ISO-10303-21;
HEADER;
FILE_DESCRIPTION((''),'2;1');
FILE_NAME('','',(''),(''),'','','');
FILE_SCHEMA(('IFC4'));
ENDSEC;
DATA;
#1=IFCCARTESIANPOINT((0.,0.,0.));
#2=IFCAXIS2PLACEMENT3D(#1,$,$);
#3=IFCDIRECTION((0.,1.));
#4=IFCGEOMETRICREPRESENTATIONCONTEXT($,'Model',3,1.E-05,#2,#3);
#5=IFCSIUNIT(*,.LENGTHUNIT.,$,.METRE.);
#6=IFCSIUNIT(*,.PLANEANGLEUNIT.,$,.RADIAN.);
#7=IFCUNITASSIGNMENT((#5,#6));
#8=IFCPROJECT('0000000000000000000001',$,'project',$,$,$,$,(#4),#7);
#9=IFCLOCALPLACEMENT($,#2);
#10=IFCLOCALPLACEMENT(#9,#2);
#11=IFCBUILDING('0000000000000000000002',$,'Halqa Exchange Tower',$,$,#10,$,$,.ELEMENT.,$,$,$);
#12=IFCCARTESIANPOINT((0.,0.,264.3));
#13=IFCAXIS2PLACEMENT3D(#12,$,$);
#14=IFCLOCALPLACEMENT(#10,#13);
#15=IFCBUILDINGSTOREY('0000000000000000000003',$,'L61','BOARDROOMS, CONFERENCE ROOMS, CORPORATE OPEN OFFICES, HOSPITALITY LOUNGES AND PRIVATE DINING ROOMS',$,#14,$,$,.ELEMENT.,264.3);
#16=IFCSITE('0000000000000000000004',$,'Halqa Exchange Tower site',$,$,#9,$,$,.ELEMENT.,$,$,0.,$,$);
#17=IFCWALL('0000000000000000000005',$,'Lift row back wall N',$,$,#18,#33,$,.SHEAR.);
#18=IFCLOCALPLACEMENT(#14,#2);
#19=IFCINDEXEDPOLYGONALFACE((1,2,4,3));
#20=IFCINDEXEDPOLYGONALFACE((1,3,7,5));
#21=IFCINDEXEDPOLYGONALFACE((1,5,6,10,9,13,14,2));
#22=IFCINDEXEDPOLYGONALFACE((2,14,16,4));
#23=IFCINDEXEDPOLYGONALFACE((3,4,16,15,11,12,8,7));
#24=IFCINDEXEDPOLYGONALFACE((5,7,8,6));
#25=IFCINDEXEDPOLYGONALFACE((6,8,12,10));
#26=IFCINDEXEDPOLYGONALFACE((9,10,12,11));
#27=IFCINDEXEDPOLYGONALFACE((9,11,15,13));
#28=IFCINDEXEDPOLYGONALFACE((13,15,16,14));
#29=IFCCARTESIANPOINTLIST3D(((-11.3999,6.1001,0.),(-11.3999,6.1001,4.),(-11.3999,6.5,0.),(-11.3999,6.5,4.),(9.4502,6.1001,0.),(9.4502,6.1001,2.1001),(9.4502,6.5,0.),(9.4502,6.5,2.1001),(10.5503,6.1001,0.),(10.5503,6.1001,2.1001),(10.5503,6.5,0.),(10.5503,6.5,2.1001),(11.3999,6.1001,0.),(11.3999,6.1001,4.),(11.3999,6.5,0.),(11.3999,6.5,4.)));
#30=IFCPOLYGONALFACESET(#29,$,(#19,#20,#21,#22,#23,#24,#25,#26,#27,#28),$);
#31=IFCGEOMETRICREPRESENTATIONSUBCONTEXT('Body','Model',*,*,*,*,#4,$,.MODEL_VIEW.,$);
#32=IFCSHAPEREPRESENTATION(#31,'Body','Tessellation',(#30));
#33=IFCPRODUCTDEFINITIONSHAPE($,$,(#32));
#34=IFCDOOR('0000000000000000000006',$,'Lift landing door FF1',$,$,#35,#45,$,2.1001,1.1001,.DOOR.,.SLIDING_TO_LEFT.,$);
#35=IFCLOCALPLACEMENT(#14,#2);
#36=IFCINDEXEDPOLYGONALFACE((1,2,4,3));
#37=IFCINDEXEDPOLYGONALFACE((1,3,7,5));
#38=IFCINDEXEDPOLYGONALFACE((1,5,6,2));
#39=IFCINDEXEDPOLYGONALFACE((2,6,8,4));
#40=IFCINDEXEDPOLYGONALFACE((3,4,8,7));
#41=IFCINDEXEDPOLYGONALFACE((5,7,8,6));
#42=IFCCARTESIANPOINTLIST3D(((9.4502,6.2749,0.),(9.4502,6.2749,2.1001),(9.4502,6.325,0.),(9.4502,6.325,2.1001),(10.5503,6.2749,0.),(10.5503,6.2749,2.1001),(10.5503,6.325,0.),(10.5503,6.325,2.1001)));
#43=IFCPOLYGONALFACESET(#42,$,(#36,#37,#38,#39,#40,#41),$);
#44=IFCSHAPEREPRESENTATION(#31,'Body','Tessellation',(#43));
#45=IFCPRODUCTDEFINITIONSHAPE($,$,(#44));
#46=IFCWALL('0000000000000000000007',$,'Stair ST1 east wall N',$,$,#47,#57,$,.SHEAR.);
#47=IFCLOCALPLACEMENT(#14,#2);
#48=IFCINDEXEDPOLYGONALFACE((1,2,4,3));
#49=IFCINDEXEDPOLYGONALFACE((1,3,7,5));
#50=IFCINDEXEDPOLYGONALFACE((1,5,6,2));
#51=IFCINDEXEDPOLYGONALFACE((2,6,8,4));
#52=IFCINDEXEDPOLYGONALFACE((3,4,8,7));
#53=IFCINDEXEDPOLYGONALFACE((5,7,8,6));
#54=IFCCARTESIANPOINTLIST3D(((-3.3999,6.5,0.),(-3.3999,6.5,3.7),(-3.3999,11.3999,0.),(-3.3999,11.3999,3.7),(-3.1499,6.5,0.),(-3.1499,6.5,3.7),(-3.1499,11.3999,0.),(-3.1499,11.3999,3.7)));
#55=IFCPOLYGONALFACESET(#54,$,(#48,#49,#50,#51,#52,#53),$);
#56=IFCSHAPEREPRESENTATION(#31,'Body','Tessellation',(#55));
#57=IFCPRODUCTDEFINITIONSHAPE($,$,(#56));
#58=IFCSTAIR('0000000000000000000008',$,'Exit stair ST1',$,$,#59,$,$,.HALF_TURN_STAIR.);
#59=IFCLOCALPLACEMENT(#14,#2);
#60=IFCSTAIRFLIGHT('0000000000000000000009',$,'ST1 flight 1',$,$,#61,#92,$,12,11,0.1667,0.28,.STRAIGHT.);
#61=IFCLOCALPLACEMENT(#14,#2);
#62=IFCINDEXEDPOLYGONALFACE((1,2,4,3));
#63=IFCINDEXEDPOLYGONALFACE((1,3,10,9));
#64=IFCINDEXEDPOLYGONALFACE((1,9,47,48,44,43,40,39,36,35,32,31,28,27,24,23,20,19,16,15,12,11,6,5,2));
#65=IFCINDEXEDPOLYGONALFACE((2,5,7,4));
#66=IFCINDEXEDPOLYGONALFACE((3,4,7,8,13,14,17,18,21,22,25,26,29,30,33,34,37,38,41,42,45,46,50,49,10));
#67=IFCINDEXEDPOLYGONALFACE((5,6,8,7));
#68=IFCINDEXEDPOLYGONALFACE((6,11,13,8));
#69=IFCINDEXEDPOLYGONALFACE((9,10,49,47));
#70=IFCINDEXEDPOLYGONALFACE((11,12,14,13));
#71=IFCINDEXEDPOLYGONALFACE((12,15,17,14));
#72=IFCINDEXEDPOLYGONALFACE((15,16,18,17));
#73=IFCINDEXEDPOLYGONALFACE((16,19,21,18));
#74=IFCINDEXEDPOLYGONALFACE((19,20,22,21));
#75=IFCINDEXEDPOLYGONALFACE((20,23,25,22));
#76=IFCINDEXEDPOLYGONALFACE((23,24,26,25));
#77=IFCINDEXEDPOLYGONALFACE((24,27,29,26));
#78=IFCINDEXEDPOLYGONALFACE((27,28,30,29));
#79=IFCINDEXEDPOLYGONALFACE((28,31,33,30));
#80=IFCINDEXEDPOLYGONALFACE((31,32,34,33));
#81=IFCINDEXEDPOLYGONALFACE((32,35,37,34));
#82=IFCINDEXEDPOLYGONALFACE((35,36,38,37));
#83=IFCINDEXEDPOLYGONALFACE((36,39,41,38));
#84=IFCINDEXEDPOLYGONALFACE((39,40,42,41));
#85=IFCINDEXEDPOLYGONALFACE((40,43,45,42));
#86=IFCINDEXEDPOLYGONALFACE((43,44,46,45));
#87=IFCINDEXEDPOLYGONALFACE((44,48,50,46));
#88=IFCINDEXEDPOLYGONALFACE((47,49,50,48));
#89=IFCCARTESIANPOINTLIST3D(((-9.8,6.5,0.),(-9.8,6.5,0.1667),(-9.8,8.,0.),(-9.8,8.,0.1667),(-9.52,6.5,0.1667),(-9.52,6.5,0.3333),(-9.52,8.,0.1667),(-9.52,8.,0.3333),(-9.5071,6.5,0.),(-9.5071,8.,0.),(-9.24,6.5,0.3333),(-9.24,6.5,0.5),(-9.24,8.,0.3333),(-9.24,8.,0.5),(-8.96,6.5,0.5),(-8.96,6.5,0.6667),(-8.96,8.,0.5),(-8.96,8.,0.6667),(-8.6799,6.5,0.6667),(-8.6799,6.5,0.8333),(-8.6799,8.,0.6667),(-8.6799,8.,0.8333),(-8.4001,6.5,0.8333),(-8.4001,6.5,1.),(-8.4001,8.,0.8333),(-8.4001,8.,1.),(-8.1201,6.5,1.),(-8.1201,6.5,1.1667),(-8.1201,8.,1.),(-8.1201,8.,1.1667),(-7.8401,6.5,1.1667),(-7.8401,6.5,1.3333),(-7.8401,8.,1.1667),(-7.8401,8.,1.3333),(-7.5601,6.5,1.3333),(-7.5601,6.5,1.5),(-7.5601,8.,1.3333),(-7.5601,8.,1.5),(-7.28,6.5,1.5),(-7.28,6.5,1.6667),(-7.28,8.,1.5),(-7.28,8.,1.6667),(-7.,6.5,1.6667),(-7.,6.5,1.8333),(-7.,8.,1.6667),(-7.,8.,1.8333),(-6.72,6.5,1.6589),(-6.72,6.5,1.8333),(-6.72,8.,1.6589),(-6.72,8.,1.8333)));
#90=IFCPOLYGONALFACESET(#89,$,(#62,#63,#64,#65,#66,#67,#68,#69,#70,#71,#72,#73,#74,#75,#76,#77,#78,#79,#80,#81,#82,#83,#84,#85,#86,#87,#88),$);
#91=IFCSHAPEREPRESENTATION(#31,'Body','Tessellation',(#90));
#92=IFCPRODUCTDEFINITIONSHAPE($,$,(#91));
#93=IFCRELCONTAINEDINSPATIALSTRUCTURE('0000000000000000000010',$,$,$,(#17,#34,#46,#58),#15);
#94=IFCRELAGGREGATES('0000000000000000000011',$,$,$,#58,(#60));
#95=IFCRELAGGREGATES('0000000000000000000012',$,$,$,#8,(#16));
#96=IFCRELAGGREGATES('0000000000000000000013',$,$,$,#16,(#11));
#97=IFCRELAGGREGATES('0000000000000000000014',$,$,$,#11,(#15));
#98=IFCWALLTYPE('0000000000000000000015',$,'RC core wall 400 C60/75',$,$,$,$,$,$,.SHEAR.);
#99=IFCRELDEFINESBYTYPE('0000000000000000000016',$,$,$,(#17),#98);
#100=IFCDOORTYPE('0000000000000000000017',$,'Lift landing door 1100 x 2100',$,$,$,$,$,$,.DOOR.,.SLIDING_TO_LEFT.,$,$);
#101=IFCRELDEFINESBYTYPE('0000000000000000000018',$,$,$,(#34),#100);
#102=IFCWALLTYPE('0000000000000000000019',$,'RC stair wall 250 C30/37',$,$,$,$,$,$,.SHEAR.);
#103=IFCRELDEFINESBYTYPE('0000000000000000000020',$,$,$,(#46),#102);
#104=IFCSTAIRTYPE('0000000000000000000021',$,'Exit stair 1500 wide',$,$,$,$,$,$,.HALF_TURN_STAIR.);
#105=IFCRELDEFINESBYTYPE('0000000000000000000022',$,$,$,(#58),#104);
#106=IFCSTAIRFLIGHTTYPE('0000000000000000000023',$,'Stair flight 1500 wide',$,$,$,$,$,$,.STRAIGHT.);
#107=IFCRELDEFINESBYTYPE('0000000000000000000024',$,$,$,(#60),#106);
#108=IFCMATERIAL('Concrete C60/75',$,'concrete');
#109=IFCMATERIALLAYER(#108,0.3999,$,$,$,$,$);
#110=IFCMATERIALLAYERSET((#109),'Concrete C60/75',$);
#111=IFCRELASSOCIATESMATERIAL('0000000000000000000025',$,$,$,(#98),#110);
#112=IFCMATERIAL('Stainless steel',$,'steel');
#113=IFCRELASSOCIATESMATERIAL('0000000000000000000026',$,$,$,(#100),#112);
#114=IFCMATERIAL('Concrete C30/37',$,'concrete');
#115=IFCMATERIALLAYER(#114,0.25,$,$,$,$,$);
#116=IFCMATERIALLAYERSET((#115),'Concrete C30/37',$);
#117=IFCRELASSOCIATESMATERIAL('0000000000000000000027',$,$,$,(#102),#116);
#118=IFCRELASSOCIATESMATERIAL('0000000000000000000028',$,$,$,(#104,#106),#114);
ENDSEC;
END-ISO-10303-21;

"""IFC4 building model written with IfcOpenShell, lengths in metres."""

from ifc_helpers import new_model, si_unit, direction, frame, frame_2d, origin, place, context, subcontext, project, spatial, polyline, rectangle, outline, extrude, material, layer, layer_set, type_object, element, fill, aggregate, save


model = new_model("IFC4")

# Units and contexts
model_context = context("Model", 3, precision=1e-05, world=origin(), true_north=direction((0.0, 1.0)))
body_context = subcontext(model_context, "Body", "Model", "MODEL_VIEW")
ifc_project = project(units=[si_unit("LENGTHUNIT", "METRE"), si_unit("PLANEANGLEUNIT", "RADIAN")], contexts=[model_context])

# Site, building, storey
site_placement = place(None, origin())
site = spatial("IfcSite", under=ifc_project, at=site_placement, Name="Halqa Exchange Tower site", CompositionType="ELEMENT", RefElevation=0.0)
building_placement = place(site_placement, origin())
building = spatial("IfcBuilding", under=site, at=building_placement, Name="Halqa Exchange Tower", CompositionType="ELEMENT")
storey_placement = place(building_placement, frame((0.0, 0.0, 264.3)))
storey = spatial("IfcBuildingStorey", under=building, at=storey_placement, Name="L61", Description="BOARDROOMS, CONFERENCE ROOMS, CORPORATE OPEN OFFICES, HOSPITALITY LOUNGES AND PRIVATE DINING ROOMS", CompositionType="ELEMENT", Elevation=264.3)

# Shared definitions
ifc_material_1 = material(Name="Concrete C60/75", Category="concrete")

# Shared definitions
ifc_layer_1 = layer(ifc_material_1, 0.3999)
ifc_layer_set_1 = layer_set([ifc_layer_1], Name="Concrete C60/75")
wall_type_1 = type_object("IfcWallType", Name="RC core wall 400 C60/75", PredefinedType="SHEAR", material=ifc_layer_set_1)
ifc_material_2 = material(Name="Stainless steel", Category="steel")
door_type_1 = type_object("IfcDoorType", Name="Lift landing door 1100 x 2100", OperationType="SLIDING_TO_LEFT", PredefinedType="DOOR", material=ifc_material_2)

# Wall, opening, door
wall_1_placement = place(storey_placement, frame((-11.3999, 6.3, 0.0), z_axis=(0.0, 0.0, 1.0), x_axis=(1.0, 0.0, 0.0)))
wall_1 = element("IfcWall", 1, at=wall_1_placement, inside=storey, type_object=wall_type_1, Name="Lift row back wall N", PredefinedType="SHEAR", context=body_context, shape_type="SweptSolid", body=[
    extrude(rectangle(XDim=22.7998, YDim=0.3999, at=frame_2d((11.3999, 0.0))), origin(), (0.0, 0.0, 1.0), 4.0),
])
opening_1_placement = place(wall_1_placement, frame((20.8501, 0.0, 0.0)))
opening_1 = element("IfcOpeningElement", 2, at=opening_1_placement, cuts=wall_1, PredefinedType="OPENING", context=body_context, shape_type="SweptSolid", body=[
    extrude(rectangle(XDim=1.1001, YDim=2.1001, at=frame_2d((0.55, 1.05))), frame((0.0, 0.2119, 0.0), z_axis=(0.0, -1.0, 0.0), x_axis=(1.0, 0.0, 0.0)), (0.0, 0.0, 1.0), 0.4238),
])
door_1_placement = place(opening_1_placement, origin())
door_1 = element("IfcDoor", 3, at=door_1_placement, inside=storey, type_object=door_type_1, Name="Lift landing door FF1", OperationType="SLIDING_TO_LEFT", OverallHeight=2.1001, OverallWidth=1.1001, PredefinedType="DOOR", context=body_context, shape_type="SweptSolid", body=[
    extrude(rectangle(XDim=1.1001, YDim=2.1001, at=frame_2d((0.55, 1.05))), frame((0.0, 0.0249, 0.0), z_axis=(0.0, -1.0, 0.0), x_axis=(1.0, 0.0, 0.0)), (0.0, 0.0, 1.0), 0.05),
])
fill(opening_1, door_1)

# Wall
ifc_material_3 = material(Name="Concrete C30/37", Category="concrete")
ifc_layer_2 = layer(ifc_material_3, 0.25)
ifc_layer_set_2 = layer_set([ifc_layer_2], Name="Concrete C30/37")
wall_type_2 = type_object("IfcWallType", Name="RC stair wall 250 C30/37", PredefinedType="SHEAR", material=ifc_layer_set_2)
wall_2_placement = place(storey_placement, frame((-3.2749, 6.5, 0.0), z_axis=(0.0, 0.0, 1.0), x_axis=(0.0, 1.0, 0.0)))
element("IfcWall", 4, at=wall_2_placement, inside=storey, type_object=wall_type_2, Name="Stair ST1 east wall N", PredefinedType="SHEAR", context=body_context, shape_type="SweptSolid", body=[
    extrude(rectangle(XDim=4.8999, YDim=0.25, at=frame_2d((2.45, 0.0))), origin(), (0.0, 0.0, 1.0), 3.7),
])

# Stair, stair flight
stair_type = type_object("IfcStairType", Name="Exit stair 1500 wide", PredefinedType="HALF_TURN_STAIR", material=ifc_material_3)
stair_placement = place(storey_placement, origin())
stair = element("IfcStair", 5, at=stair_placement, inside=storey, type_object=stair_type, Name="Exit stair ST1", PredefinedType="HALF_TURN_STAIR")
stair_flight_type = type_object("IfcStairFlightType", Name="Stair flight 1500 wide", PredefinedType="STRAIGHT", material=ifc_material_3)
stair_flight_placement = place(storey_placement, frame((-9.8, 7.25, 0.0), z_axis=(0.0, 0.0, 1.0), x_axis=(1.0, 0.0, 0.0)))
stair_flight = element("IfcStairFlight", 6, at=stair_flight_placement, type_object=stair_flight_type, Name="ST1 flight 1", NumberOfRisers=12, NumberOfTreads=11, PredefinedType="STRAIGHT", RiserHeight=0.1667, TreadLength=0.28, context=body_context, shape_type="SweptSolid", body=[
    extrude(outline(polyline([(0.0, 0.0), (0.0, 0.1667), (0.28, 0.1667), (0.28, 0.3333), (0.5601, 0.3333), (0.5601, 0.5), (0.8401, 0.5), (0.8401, 0.6667), (1.1201, 0.6667), (1.1201, 0.8333), (1.3999, 0.8333), (1.3999, 1.0), (1.6799, 1.0), (1.6799, 1.1667), (1.96, 1.1667), (1.96, 1.3333), (2.24, 1.3333), (2.24, 1.5), (2.52, 1.5), (2.52, 1.6667), (2.8, 1.6667), (2.8, 1.8333), (3.0801, 1.8333), (3.0801, 2.0), (3.0801, 1.6589), (0.293, 0.0), (0.0, 0.0)])), frame((0.0, 0.75, 0.0), z_axis=(0.0, -1.0, 0.0), x_axis=(1.0, 0.0, 0.0)), (0.0, 0.0, 1.0), 1.5),
])
aggregate(stair, [stair_flight])

save(model, "model.ifc")
